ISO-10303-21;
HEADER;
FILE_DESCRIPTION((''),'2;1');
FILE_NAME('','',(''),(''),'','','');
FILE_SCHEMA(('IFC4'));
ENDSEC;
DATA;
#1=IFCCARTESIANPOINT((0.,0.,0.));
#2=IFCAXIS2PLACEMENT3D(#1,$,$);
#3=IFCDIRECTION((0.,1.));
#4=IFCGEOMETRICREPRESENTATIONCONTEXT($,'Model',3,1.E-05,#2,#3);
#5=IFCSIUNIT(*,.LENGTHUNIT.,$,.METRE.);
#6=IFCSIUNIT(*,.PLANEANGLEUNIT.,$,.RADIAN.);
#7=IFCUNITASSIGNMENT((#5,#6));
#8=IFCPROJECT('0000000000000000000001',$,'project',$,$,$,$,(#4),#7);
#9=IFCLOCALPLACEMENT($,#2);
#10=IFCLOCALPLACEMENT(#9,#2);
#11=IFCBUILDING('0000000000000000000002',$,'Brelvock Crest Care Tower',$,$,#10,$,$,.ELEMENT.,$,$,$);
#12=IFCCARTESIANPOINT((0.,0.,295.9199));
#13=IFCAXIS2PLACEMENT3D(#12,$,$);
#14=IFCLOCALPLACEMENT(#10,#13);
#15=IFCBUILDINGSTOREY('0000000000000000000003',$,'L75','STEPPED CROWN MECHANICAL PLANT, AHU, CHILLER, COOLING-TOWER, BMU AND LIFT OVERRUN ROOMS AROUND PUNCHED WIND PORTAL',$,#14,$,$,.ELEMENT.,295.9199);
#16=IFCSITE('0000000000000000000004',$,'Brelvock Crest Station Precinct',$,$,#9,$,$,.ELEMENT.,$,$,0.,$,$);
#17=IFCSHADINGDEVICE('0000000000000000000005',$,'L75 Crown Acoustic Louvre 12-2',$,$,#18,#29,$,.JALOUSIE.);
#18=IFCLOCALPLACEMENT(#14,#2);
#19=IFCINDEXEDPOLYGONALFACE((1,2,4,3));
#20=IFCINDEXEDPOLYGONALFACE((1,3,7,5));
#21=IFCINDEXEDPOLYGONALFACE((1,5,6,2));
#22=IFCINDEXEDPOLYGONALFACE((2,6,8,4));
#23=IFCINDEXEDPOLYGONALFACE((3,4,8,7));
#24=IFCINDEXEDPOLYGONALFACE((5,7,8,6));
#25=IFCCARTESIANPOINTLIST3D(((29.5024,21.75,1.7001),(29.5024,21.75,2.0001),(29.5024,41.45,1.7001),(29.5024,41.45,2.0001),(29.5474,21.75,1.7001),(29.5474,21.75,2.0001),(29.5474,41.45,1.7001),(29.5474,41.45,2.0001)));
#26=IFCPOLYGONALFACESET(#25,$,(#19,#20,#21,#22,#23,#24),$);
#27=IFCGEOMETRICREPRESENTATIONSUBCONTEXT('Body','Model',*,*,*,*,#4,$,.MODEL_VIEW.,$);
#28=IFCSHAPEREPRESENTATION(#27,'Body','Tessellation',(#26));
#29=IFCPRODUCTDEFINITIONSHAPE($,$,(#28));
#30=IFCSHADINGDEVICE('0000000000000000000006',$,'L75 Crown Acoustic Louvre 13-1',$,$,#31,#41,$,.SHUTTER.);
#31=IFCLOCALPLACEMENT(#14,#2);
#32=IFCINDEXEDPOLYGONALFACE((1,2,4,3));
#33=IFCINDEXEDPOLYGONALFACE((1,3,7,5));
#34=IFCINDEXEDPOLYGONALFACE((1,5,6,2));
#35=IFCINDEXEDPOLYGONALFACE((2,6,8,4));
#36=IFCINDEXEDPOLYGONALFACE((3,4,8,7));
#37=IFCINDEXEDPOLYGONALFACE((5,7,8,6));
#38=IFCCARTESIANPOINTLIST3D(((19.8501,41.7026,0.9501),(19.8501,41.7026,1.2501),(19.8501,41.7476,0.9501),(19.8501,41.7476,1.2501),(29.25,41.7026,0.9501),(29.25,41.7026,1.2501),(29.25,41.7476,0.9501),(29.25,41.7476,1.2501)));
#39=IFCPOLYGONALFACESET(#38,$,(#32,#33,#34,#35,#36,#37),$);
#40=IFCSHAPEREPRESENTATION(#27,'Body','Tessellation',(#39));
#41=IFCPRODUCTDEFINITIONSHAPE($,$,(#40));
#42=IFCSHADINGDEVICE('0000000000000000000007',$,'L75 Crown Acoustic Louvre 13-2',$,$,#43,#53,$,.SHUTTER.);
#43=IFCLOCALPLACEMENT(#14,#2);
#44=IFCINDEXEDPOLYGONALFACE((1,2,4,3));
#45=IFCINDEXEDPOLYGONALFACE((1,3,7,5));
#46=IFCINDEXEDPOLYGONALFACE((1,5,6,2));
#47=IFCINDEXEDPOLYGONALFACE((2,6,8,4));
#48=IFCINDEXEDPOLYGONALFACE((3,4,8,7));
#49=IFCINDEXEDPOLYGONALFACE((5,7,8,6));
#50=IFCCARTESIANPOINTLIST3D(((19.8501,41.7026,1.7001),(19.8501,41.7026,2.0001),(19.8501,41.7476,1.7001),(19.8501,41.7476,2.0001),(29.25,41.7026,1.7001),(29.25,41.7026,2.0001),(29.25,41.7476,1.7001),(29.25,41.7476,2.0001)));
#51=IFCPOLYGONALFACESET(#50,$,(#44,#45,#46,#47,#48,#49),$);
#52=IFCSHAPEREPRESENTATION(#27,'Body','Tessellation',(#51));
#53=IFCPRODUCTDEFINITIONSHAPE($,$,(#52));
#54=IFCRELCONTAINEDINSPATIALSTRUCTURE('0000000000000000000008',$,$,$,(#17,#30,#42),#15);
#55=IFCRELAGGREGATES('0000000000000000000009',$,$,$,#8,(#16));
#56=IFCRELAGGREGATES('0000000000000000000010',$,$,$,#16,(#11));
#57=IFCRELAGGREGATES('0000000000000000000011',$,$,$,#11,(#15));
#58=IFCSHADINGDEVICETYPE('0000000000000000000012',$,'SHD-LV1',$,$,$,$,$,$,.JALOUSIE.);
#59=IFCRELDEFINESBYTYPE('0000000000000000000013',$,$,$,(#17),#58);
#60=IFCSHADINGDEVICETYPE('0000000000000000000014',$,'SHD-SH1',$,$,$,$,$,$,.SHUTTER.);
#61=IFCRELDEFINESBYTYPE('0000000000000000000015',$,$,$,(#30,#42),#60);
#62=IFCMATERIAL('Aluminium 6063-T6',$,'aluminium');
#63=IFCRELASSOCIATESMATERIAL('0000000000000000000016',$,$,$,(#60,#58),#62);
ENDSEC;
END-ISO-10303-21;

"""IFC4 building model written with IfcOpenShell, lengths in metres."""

from ifc_helpers import new_model, si_unit, direction, frame, origin, origin_2d, place, context, subcontext, project, spatial, rectangle, extrude, source, transform, mapped, material, material_profile, profile_set, type_object, element, save


model = new_model("IFC4")

# Units and contexts
model_context = context("Model", 3, precision=1e-05, world=origin(), true_north=direction((0.0, 1.0)))
body_context = subcontext(model_context, "Body", "Model", "MODEL_VIEW")
ifc_project = project(units=[si_unit("LENGTHUNIT", "METRE"), si_unit("PLANEANGLEUNIT", "RADIAN")], contexts=[model_context])

# Site, building, storey
site_placement = place(None, origin())
site = spatial("IfcSite", under=ifc_project, at=site_placement, Name="Brelvock Crest Station Precinct", CompositionType="ELEMENT", RefElevation=0.0)
building_placement = place(site_placement, origin())
building = spatial("IfcBuilding", under=site, at=building_placement, Name="Brelvock Crest Care Tower", CompositionType="ELEMENT")
storey_placement = place(building_placement, frame((0.0, 0.0, 295.9199)))
storey = spatial("IfcBuildingStorey", under=building, at=storey_placement, Name="L75", Description="STEPPED CROWN MECHANICAL PLANT, AHU, CHILLER, COOLING-TOWER, BMU AND LIFT OVERRUN ROOMS AROUND PUNCHED WIND PORTAL", CompositionType="ELEMENT", Elevation=295.9199)

# Shading devices
ifc_material_1 = material(Name="Aluminium 6063-T6", Category="aluminium")
ifc_material_profile_1 = material_profile(ifc_material_1, rectangle(XDim=0.0449, YDim=0.3, at=origin_2d()), Name="LOUVRE45x300")
ifc_profile_set_1 = profile_set([ifc_material_profile_1], Name="Aluminium 6063-T6")
shading_device_type_1 = type_object("IfcShadingDeviceType", Name="SHD-SH1", PredefinedType="SHUTTER", material=ifc_profile_set_1)
ifc_material_profile_2 = material_profile(ifc_material_1, rectangle(XDim=0.0449, YDim=0.3, at=origin_2d()), Name="LOUVRE45x300")
ifc_profile_set_2 = profile_set([ifc_material_profile_2], Name="Aluminium 6063-T6")
shading_device_type_2 = type_object("IfcShadingDeviceType", Name="SHD-LV1", PredefinedType="JALOUSIE", material=ifc_profile_set_2)
shared_shape_1 = source(origin(), body_context, "Body", "SweptSolid", [
    extrude(rectangle(XDim=0.0449, YDim=0.3, at=origin_2d()), origin(), (0.0, 0.0, 1.0), 19.7),
])
for number, where, z_axis, x_axis, name in (
    (1, (29.5249, 21.75, 1.8501), (0.0, 1.0, 0.0), (-1.0, 0.0, 0.0), "L75 Crown Acoustic Louvre 12-2"),
):
    element("IfcShadingDevice", number, at=place(storey_placement, frame(where, z_axis=z_axis, x_axis=x_axis)), inside=storey, type_object=shading_device_type_2, Name=name, PredefinedType="JALOUSIE", context=body_context, shape_type="MappedRepresentation", body=[
        mapped(shared_shape_1, transform((0.0, 0.0, 0.0), x_axis=(1.0, 0.0, 0.0), y_axis=(0.0, 1.0, 0.0), z_axis=(0.0, 0.0, 1.0), scale=1.0)),
    ])
shared_shape_2 = source(origin(), body_context, "Body", "SweptSolid", [
    extrude(rectangle(XDim=0.0449, YDim=0.3, at=origin_2d()), origin(), (0.0, 0.0, 1.0), 9.3999),
])
for number, where, z_axis, x_axis, name in (
    (2, (29.25, 41.7251, 1.1001), (-1.0, 0.0, 0.0), (0.0, -1.0, 0.0), "L75 Crown Acoustic Louvre 13-1"),
    (3, (29.25, 41.7251, 1.8501), (-1.0, 0.0, 0.0), (0.0, -1.0, 0.0), "L75 Crown Acoustic Louvre 13-2"),
):
    element("IfcShadingDevice", number, at=place(storey_placement, frame(where, z_axis=z_axis, x_axis=x_axis)), inside=storey, type_object=shading_device_type_1, Name=name, PredefinedType="SHUTTER", context=body_context, shape_type="MappedRepresentation", body=[
        mapped(shared_shape_2, transform((0.0, 0.0, 0.0), x_axis=(1.0, 0.0, 0.0), y_axis=(0.0, 1.0, 0.0), z_axis=(0.0, 0.0, 1.0), scale=1.0)),
    ])

save(model, "model.ifc")
